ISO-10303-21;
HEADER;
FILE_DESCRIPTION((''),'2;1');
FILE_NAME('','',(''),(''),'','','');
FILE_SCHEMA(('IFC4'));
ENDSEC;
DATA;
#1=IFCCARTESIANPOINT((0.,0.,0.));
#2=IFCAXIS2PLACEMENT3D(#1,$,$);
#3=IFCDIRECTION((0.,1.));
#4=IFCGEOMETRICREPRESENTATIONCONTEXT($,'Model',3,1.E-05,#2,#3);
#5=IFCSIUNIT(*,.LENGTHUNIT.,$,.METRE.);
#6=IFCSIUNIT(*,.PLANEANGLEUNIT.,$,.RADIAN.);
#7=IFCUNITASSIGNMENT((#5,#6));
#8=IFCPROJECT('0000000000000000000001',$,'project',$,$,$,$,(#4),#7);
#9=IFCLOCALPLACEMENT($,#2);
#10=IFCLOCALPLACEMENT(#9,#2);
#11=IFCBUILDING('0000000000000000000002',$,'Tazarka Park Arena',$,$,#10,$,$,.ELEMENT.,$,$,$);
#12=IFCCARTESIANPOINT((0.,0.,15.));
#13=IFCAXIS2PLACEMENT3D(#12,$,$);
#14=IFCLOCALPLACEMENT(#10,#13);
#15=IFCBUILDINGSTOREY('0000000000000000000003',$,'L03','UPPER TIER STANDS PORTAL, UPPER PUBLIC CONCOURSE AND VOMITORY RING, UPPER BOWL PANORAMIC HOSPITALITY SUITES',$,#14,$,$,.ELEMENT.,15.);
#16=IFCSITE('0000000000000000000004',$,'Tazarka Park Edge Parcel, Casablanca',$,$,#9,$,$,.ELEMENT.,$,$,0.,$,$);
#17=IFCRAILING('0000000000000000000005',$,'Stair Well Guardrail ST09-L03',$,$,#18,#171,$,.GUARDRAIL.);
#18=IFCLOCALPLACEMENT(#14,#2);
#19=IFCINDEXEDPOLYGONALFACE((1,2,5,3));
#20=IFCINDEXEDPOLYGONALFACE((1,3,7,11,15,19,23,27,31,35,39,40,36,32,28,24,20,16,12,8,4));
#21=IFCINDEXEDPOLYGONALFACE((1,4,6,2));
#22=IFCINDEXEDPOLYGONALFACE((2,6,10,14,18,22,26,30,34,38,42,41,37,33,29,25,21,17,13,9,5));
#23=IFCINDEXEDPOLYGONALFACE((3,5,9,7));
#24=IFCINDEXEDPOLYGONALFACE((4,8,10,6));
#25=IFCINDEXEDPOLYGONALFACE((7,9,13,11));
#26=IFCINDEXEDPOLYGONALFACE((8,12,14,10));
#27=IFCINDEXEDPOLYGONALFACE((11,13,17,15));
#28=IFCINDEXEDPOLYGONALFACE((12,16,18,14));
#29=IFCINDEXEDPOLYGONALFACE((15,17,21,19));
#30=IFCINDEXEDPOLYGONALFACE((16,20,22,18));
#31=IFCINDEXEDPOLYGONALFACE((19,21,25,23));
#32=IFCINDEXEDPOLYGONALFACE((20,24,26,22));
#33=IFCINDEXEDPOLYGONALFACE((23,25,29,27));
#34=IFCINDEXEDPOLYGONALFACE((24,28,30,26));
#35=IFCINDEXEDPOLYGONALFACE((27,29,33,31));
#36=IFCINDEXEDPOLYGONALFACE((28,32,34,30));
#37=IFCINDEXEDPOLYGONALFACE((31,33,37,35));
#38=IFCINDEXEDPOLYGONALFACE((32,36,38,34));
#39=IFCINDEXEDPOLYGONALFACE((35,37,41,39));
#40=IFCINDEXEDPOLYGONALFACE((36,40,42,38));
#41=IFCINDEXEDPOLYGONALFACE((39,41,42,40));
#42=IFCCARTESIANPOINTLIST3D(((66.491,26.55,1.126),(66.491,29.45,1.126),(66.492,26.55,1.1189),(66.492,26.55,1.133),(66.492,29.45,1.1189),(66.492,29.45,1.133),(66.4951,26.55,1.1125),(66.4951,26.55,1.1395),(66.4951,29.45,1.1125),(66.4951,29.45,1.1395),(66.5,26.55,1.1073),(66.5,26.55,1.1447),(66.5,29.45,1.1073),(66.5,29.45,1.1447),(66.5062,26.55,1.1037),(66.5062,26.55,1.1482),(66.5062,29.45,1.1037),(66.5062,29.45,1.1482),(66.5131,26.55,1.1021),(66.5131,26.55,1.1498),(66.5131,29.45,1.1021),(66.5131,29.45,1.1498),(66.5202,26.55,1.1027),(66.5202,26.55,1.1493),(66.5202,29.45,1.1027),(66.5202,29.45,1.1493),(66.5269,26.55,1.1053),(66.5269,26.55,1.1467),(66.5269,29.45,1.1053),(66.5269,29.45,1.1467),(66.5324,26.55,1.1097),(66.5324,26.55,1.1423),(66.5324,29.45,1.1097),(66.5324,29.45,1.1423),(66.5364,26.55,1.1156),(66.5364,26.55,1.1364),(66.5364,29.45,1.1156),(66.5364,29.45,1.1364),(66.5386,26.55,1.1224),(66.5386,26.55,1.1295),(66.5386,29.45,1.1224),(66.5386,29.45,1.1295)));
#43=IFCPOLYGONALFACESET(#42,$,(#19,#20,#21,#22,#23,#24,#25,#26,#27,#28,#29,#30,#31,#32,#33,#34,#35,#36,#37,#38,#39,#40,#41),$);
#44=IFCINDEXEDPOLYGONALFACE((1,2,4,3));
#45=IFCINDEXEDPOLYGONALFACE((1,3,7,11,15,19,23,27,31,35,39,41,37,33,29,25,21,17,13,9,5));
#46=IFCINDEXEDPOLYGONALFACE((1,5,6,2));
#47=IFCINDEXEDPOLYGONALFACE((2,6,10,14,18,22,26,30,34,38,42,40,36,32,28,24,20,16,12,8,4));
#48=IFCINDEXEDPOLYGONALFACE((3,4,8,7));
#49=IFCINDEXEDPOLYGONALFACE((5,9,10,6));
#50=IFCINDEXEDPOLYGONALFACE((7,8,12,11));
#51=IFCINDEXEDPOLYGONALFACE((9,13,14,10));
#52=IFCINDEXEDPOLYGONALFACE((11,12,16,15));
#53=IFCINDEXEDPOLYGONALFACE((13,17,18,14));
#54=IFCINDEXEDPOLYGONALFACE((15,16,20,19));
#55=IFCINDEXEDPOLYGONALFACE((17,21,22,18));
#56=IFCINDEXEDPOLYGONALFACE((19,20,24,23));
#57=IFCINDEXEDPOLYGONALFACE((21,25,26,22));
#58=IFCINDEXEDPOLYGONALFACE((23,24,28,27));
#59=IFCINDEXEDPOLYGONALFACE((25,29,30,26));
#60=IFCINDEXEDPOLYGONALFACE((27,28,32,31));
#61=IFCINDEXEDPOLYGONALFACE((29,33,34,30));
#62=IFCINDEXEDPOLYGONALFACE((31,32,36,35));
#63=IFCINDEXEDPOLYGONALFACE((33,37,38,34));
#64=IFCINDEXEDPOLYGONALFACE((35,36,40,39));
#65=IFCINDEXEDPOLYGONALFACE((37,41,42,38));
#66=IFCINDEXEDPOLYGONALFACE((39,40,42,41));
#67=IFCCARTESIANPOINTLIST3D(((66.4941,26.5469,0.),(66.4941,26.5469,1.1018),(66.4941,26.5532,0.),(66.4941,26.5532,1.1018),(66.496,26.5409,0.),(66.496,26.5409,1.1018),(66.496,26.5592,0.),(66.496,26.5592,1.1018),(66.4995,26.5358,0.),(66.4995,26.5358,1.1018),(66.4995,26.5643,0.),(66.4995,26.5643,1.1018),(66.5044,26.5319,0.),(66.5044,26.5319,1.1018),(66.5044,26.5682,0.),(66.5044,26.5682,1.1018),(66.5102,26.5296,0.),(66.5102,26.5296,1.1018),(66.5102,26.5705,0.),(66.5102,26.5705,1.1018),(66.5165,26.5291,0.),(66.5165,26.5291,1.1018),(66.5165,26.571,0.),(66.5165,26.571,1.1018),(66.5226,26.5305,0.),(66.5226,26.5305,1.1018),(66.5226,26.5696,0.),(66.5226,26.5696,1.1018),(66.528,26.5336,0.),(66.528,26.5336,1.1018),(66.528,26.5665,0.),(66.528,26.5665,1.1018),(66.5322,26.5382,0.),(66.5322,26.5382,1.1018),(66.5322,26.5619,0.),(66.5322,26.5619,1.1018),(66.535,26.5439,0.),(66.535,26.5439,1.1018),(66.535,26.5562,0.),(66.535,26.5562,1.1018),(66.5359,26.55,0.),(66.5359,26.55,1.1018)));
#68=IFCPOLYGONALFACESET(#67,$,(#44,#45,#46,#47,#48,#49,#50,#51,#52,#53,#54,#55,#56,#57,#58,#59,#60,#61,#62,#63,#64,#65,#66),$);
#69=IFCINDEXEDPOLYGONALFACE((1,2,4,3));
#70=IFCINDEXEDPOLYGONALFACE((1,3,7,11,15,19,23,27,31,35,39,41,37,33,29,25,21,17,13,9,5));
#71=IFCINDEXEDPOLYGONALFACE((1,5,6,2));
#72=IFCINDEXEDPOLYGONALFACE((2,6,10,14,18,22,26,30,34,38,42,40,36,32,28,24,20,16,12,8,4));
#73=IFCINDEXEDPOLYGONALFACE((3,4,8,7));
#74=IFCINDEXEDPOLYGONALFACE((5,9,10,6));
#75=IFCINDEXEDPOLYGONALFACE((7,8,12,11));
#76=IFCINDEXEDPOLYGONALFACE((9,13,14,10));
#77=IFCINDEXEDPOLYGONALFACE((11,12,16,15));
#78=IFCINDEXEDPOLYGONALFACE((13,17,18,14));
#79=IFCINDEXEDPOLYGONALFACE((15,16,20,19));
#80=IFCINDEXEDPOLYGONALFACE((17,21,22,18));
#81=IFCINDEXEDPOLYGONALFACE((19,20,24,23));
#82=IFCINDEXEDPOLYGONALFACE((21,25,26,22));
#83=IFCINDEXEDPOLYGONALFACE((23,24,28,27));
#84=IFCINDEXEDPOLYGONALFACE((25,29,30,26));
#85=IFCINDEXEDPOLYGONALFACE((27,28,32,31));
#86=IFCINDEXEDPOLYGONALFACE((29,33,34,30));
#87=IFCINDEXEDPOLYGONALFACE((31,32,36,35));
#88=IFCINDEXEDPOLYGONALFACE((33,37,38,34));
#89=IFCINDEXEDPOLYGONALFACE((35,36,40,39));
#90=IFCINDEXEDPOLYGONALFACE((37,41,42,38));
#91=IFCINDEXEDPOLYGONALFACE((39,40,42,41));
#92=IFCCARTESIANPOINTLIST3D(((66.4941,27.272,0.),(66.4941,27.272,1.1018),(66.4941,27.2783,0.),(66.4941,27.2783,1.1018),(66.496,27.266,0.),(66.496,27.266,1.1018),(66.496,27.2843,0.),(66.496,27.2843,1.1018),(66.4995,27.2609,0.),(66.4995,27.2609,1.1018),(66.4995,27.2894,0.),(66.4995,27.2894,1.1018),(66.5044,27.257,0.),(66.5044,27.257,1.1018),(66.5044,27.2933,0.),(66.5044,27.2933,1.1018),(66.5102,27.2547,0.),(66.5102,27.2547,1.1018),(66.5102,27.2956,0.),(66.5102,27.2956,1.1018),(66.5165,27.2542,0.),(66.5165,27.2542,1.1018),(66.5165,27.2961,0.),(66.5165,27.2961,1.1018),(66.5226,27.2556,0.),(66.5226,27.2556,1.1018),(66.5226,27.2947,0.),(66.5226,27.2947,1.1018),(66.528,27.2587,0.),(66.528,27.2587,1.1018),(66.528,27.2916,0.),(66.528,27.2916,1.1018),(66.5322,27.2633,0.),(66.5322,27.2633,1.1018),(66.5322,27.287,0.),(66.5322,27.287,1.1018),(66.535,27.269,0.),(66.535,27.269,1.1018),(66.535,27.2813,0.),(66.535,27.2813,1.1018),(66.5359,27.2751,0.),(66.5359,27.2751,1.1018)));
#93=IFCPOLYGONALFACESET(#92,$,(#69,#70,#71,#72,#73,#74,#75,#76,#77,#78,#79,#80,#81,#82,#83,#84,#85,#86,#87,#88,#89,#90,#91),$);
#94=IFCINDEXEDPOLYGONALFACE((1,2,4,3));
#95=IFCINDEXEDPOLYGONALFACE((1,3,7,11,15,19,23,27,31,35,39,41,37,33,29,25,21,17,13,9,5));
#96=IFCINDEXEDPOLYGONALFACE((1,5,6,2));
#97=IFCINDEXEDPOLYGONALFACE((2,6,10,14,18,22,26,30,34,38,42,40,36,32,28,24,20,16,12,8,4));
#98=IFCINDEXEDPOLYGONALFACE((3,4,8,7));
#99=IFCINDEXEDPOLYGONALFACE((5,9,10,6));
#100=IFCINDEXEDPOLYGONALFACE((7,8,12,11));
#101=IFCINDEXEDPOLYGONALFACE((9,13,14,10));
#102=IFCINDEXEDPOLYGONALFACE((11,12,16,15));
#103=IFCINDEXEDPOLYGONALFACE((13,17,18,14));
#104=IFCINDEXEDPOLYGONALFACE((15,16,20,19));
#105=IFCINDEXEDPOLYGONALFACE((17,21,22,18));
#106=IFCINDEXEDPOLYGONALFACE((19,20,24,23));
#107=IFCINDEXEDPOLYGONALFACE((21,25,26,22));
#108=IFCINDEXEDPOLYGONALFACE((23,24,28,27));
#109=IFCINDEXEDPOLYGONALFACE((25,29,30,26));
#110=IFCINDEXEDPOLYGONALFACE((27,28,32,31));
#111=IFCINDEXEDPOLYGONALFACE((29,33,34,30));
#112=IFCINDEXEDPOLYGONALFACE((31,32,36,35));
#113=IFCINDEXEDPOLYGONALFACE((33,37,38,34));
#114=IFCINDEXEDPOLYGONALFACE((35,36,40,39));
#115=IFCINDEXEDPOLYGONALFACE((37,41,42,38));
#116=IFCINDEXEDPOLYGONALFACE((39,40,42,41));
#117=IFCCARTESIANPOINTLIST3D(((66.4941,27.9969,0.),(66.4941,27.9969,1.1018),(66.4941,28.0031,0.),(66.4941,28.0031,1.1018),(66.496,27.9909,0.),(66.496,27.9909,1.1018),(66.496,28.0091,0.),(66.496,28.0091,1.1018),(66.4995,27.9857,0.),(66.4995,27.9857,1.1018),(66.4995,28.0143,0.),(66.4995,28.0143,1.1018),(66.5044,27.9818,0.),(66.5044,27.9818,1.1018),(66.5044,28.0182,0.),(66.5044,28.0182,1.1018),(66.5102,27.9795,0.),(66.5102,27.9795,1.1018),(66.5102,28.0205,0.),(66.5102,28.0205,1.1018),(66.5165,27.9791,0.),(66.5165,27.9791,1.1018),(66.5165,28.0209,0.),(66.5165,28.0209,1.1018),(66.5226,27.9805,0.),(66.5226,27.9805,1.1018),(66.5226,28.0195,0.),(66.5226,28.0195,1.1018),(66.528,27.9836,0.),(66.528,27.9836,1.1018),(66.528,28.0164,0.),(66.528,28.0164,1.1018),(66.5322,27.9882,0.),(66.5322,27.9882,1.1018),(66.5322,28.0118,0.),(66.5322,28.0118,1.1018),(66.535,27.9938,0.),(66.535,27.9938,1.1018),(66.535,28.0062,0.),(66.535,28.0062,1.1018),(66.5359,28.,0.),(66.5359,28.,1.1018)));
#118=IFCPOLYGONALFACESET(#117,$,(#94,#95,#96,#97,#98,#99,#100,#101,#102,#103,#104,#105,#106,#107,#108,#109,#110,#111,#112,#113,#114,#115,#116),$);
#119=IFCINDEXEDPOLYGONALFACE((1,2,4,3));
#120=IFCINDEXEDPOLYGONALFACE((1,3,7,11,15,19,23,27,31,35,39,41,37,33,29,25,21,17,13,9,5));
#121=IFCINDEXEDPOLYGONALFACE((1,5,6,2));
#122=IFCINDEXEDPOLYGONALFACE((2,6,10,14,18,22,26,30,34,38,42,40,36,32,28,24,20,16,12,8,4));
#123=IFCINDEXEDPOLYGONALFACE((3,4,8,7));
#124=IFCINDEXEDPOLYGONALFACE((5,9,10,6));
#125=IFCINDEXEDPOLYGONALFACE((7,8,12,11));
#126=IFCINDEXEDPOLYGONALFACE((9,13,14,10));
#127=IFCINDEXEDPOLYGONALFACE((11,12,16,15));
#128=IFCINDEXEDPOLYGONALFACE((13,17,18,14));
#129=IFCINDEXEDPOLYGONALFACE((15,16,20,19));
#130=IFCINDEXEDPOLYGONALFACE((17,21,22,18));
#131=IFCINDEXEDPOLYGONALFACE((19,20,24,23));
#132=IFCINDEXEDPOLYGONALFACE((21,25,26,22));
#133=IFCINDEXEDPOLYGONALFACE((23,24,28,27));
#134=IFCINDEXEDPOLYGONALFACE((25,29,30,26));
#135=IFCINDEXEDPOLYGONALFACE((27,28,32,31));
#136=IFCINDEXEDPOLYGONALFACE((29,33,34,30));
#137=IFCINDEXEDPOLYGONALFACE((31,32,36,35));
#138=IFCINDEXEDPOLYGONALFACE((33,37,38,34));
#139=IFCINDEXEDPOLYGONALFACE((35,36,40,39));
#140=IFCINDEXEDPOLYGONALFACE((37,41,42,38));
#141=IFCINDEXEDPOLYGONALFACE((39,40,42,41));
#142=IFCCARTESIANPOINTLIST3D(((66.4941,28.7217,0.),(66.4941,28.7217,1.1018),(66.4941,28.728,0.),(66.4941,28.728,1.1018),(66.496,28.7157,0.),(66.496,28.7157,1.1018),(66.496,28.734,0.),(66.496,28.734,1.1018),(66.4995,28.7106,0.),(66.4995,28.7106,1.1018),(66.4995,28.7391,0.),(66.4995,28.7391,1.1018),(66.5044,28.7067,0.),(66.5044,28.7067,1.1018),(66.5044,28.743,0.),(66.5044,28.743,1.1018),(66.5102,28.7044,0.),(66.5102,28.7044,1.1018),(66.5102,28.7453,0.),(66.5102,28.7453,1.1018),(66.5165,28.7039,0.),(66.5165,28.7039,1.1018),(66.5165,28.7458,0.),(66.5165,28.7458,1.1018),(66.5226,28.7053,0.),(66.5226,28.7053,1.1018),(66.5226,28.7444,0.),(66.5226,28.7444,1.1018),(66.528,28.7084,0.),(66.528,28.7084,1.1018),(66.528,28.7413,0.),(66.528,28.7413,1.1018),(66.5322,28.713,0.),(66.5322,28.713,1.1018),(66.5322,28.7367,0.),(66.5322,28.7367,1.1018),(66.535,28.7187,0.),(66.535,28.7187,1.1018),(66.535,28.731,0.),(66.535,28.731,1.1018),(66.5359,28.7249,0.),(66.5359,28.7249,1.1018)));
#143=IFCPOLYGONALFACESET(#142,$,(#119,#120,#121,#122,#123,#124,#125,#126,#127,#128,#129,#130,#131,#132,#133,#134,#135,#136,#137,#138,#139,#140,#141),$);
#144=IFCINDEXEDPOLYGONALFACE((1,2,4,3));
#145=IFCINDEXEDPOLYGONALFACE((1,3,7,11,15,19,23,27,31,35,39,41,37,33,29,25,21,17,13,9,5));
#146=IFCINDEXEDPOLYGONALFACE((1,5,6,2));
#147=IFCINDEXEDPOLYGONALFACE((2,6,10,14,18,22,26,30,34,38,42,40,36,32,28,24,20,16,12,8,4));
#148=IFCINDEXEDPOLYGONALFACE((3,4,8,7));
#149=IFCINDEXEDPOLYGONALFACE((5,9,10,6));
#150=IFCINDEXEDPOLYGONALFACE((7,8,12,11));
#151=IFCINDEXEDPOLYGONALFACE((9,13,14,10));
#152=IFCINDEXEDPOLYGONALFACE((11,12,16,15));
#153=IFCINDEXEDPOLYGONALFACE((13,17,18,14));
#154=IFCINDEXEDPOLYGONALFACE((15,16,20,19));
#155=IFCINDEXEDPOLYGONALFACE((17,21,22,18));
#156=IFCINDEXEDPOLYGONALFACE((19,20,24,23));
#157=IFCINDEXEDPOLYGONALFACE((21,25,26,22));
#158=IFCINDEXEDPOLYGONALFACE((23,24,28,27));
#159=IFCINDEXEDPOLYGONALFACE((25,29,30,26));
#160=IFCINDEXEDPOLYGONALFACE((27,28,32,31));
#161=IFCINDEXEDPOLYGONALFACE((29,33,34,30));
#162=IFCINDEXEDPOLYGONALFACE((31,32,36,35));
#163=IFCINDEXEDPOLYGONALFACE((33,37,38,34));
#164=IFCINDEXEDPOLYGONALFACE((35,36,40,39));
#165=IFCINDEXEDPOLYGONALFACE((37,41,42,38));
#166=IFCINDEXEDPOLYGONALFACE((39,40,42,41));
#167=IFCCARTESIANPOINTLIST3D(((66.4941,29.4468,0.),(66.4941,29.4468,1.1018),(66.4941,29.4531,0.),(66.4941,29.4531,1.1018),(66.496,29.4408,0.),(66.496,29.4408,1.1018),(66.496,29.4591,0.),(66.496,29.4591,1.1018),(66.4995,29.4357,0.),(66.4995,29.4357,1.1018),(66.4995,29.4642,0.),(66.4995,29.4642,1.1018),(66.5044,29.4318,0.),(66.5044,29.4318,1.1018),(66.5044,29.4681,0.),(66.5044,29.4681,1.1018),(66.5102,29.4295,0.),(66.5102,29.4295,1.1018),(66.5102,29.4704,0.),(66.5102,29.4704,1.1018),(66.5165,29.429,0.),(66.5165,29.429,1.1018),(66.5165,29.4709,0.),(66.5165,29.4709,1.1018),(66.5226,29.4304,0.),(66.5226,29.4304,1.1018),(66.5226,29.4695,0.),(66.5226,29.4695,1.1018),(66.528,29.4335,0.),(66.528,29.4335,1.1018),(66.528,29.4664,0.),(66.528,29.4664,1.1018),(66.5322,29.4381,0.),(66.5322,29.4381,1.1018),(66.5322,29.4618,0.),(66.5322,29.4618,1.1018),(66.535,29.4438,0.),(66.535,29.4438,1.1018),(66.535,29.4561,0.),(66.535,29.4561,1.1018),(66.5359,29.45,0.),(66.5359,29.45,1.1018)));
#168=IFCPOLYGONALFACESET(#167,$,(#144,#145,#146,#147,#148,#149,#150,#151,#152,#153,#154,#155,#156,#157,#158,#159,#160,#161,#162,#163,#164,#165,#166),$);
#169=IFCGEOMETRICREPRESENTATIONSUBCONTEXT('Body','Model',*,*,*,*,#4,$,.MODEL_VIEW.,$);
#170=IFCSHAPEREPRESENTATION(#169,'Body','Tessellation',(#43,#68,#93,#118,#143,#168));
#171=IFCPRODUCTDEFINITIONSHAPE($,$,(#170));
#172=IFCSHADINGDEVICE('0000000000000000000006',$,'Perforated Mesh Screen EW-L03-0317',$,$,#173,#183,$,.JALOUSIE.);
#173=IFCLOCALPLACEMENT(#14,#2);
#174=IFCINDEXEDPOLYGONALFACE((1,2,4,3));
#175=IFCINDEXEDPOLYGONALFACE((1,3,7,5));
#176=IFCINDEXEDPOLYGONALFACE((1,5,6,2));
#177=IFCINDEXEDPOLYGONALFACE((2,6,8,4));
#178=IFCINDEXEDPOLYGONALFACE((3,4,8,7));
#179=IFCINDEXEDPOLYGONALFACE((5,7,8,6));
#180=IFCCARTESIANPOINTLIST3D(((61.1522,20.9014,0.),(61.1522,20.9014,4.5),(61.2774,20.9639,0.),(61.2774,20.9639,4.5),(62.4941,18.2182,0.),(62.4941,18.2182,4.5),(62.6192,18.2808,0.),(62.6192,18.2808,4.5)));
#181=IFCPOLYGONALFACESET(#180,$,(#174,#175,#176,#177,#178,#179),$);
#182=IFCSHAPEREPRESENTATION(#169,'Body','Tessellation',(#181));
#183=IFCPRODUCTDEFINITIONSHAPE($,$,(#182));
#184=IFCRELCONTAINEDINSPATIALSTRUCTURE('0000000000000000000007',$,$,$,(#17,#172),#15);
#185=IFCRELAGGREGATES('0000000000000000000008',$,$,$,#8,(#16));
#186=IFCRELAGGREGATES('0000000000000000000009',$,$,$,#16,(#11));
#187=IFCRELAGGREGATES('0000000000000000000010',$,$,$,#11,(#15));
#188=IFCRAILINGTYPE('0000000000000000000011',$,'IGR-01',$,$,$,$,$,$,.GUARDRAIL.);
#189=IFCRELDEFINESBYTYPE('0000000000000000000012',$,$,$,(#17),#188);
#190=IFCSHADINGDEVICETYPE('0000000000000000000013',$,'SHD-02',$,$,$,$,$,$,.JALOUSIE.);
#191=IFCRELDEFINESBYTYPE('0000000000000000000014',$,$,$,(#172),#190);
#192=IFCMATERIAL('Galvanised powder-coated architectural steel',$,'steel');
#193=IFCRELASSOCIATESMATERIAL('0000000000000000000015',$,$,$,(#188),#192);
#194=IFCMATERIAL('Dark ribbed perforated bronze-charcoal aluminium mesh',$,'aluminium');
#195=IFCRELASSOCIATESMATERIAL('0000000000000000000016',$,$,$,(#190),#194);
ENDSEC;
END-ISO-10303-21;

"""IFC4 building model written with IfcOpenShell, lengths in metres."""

from ifc_helpers import new_model, si_unit, direction, frame, origin, origin_2d, place, context, subcontext, project, spatial, rectangle, circle, extrude, material, type_object, element, save


model = new_model("IFC4")

# Units and contexts
model_context = context("Model", 3, precision=1e-05, world=origin(), true_north=direction((0.0, 1.0)))
body_context = subcontext(model_context, "Body", "Model", "MODEL_VIEW")
ifc_project = project(units=[si_unit("LENGTHUNIT", "METRE"), si_unit("PLANEANGLEUNIT", "RADIAN")], contexts=[model_context])

# Site, building, storey
site_placement = place(None, origin())
site = spatial("IfcSite", under=ifc_project, at=site_placement, Name="Tazarka Park Edge Parcel, Casablanca", CompositionType="ELEMENT", RefElevation=0.0)
building_placement = place(site_placement, origin())
building = spatial("IfcBuilding", under=site, at=building_placement, Name="Tazarka Park Arena", CompositionType="ELEMENT")
storey_placement = place(building_placement, frame((0.0, 0.0, 15.0)))
storey = spatial("IfcBuildingStorey", under=building, at=storey_placement, Name="L03", Description="UPPER TIER STANDS PORTAL, UPPER PUBLIC CONCOURSE AND VOMITORY RING, UPPER BOWL PANORAMIC HOSPITALITY SUITES", CompositionType="ELEMENT", Elevation=15.0)

# Railing
ifc_material_1 = material(Name="Galvanised powder-coated architectural steel", Category="steel")
railing_type_1 = type_object("IfcRailingType", Name="IGR-01", PredefinedType="GUARDRAIL", material=ifc_material_1)
railing_1_placement = place(storey_placement, frame((66.5149, 26.55, 0.0)))
element("IfcRailing", 1, at=railing_1_placement, inside=storey, type_object=railing_type_1, Name="Stair Well Guardrail ST09-L03", PredefinedType="GUARDRAIL", context=body_context, shape_type="SweptSolid", body=[
    extrude(circle(Radius=0.0239, at=origin_2d()), frame((0.0, 0.0, 1.126), z_axis=(0.0, 1.0, 0.0), x_axis=(-1.0, 0.0, 0.0)), (0.0, 0.0, 1.0), 2.8999),
    extrude(circle(Radius=0.021, at=origin_2d()), origin(), (0.0, 0.0, 1.0), 1.1018),
    extrude(circle(Radius=0.021, at=origin_2d()), frame((0.0, 0.7251, 0.0)), (0.0, 0.0, 1.0), 1.1018),
    extrude(circle(Radius=0.021, at=origin_2d()), frame((0.0, 1.45, 0.0)), (0.0, 0.0, 1.0), 1.1018),
    extrude(circle(Radius=0.021, at=origin_2d()), frame((0.0, 2.1748, 0.0)), (0.0, 0.0, 1.0), 1.1018),
    extrude(circle(Radius=0.021, at=origin_2d()), frame((0.0, 2.8999, 0.0)), (0.0, 0.0, 1.0), 1.1018),
])

# Shading device
ifc_material_2 = material(Name="Dark ribbed perforated bronze-charcoal aluminium mesh", Category="aluminium")
shading_device_type = type_object("IfcShadingDeviceType", Name="SHD-02", PredefinedType="JALOUSIE", material=ifc_material_2)
shading_device_placement = place(storey_placement, frame((61.8857, 19.5911, 0.0), z_axis=(0.0, 0.0, 1.0), x_axis=(-0.447291, 0.894389, 0.0)))
element("IfcShadingDevice", 2, at=shading_device_placement, inside=storey, type_object=shading_device_type, Name="Perforated Mesh Screen EW-L03-0317", PredefinedType="JALOUSIE", context=body_context, shape_type="SweptSolid", body=[
    extrude(rectangle(XDim=3.0, YDim=0.1399, at=origin_2d()), origin(), (0.0, 0.0, 1.0), 4.5),
])

save(model, "model.ifc")
